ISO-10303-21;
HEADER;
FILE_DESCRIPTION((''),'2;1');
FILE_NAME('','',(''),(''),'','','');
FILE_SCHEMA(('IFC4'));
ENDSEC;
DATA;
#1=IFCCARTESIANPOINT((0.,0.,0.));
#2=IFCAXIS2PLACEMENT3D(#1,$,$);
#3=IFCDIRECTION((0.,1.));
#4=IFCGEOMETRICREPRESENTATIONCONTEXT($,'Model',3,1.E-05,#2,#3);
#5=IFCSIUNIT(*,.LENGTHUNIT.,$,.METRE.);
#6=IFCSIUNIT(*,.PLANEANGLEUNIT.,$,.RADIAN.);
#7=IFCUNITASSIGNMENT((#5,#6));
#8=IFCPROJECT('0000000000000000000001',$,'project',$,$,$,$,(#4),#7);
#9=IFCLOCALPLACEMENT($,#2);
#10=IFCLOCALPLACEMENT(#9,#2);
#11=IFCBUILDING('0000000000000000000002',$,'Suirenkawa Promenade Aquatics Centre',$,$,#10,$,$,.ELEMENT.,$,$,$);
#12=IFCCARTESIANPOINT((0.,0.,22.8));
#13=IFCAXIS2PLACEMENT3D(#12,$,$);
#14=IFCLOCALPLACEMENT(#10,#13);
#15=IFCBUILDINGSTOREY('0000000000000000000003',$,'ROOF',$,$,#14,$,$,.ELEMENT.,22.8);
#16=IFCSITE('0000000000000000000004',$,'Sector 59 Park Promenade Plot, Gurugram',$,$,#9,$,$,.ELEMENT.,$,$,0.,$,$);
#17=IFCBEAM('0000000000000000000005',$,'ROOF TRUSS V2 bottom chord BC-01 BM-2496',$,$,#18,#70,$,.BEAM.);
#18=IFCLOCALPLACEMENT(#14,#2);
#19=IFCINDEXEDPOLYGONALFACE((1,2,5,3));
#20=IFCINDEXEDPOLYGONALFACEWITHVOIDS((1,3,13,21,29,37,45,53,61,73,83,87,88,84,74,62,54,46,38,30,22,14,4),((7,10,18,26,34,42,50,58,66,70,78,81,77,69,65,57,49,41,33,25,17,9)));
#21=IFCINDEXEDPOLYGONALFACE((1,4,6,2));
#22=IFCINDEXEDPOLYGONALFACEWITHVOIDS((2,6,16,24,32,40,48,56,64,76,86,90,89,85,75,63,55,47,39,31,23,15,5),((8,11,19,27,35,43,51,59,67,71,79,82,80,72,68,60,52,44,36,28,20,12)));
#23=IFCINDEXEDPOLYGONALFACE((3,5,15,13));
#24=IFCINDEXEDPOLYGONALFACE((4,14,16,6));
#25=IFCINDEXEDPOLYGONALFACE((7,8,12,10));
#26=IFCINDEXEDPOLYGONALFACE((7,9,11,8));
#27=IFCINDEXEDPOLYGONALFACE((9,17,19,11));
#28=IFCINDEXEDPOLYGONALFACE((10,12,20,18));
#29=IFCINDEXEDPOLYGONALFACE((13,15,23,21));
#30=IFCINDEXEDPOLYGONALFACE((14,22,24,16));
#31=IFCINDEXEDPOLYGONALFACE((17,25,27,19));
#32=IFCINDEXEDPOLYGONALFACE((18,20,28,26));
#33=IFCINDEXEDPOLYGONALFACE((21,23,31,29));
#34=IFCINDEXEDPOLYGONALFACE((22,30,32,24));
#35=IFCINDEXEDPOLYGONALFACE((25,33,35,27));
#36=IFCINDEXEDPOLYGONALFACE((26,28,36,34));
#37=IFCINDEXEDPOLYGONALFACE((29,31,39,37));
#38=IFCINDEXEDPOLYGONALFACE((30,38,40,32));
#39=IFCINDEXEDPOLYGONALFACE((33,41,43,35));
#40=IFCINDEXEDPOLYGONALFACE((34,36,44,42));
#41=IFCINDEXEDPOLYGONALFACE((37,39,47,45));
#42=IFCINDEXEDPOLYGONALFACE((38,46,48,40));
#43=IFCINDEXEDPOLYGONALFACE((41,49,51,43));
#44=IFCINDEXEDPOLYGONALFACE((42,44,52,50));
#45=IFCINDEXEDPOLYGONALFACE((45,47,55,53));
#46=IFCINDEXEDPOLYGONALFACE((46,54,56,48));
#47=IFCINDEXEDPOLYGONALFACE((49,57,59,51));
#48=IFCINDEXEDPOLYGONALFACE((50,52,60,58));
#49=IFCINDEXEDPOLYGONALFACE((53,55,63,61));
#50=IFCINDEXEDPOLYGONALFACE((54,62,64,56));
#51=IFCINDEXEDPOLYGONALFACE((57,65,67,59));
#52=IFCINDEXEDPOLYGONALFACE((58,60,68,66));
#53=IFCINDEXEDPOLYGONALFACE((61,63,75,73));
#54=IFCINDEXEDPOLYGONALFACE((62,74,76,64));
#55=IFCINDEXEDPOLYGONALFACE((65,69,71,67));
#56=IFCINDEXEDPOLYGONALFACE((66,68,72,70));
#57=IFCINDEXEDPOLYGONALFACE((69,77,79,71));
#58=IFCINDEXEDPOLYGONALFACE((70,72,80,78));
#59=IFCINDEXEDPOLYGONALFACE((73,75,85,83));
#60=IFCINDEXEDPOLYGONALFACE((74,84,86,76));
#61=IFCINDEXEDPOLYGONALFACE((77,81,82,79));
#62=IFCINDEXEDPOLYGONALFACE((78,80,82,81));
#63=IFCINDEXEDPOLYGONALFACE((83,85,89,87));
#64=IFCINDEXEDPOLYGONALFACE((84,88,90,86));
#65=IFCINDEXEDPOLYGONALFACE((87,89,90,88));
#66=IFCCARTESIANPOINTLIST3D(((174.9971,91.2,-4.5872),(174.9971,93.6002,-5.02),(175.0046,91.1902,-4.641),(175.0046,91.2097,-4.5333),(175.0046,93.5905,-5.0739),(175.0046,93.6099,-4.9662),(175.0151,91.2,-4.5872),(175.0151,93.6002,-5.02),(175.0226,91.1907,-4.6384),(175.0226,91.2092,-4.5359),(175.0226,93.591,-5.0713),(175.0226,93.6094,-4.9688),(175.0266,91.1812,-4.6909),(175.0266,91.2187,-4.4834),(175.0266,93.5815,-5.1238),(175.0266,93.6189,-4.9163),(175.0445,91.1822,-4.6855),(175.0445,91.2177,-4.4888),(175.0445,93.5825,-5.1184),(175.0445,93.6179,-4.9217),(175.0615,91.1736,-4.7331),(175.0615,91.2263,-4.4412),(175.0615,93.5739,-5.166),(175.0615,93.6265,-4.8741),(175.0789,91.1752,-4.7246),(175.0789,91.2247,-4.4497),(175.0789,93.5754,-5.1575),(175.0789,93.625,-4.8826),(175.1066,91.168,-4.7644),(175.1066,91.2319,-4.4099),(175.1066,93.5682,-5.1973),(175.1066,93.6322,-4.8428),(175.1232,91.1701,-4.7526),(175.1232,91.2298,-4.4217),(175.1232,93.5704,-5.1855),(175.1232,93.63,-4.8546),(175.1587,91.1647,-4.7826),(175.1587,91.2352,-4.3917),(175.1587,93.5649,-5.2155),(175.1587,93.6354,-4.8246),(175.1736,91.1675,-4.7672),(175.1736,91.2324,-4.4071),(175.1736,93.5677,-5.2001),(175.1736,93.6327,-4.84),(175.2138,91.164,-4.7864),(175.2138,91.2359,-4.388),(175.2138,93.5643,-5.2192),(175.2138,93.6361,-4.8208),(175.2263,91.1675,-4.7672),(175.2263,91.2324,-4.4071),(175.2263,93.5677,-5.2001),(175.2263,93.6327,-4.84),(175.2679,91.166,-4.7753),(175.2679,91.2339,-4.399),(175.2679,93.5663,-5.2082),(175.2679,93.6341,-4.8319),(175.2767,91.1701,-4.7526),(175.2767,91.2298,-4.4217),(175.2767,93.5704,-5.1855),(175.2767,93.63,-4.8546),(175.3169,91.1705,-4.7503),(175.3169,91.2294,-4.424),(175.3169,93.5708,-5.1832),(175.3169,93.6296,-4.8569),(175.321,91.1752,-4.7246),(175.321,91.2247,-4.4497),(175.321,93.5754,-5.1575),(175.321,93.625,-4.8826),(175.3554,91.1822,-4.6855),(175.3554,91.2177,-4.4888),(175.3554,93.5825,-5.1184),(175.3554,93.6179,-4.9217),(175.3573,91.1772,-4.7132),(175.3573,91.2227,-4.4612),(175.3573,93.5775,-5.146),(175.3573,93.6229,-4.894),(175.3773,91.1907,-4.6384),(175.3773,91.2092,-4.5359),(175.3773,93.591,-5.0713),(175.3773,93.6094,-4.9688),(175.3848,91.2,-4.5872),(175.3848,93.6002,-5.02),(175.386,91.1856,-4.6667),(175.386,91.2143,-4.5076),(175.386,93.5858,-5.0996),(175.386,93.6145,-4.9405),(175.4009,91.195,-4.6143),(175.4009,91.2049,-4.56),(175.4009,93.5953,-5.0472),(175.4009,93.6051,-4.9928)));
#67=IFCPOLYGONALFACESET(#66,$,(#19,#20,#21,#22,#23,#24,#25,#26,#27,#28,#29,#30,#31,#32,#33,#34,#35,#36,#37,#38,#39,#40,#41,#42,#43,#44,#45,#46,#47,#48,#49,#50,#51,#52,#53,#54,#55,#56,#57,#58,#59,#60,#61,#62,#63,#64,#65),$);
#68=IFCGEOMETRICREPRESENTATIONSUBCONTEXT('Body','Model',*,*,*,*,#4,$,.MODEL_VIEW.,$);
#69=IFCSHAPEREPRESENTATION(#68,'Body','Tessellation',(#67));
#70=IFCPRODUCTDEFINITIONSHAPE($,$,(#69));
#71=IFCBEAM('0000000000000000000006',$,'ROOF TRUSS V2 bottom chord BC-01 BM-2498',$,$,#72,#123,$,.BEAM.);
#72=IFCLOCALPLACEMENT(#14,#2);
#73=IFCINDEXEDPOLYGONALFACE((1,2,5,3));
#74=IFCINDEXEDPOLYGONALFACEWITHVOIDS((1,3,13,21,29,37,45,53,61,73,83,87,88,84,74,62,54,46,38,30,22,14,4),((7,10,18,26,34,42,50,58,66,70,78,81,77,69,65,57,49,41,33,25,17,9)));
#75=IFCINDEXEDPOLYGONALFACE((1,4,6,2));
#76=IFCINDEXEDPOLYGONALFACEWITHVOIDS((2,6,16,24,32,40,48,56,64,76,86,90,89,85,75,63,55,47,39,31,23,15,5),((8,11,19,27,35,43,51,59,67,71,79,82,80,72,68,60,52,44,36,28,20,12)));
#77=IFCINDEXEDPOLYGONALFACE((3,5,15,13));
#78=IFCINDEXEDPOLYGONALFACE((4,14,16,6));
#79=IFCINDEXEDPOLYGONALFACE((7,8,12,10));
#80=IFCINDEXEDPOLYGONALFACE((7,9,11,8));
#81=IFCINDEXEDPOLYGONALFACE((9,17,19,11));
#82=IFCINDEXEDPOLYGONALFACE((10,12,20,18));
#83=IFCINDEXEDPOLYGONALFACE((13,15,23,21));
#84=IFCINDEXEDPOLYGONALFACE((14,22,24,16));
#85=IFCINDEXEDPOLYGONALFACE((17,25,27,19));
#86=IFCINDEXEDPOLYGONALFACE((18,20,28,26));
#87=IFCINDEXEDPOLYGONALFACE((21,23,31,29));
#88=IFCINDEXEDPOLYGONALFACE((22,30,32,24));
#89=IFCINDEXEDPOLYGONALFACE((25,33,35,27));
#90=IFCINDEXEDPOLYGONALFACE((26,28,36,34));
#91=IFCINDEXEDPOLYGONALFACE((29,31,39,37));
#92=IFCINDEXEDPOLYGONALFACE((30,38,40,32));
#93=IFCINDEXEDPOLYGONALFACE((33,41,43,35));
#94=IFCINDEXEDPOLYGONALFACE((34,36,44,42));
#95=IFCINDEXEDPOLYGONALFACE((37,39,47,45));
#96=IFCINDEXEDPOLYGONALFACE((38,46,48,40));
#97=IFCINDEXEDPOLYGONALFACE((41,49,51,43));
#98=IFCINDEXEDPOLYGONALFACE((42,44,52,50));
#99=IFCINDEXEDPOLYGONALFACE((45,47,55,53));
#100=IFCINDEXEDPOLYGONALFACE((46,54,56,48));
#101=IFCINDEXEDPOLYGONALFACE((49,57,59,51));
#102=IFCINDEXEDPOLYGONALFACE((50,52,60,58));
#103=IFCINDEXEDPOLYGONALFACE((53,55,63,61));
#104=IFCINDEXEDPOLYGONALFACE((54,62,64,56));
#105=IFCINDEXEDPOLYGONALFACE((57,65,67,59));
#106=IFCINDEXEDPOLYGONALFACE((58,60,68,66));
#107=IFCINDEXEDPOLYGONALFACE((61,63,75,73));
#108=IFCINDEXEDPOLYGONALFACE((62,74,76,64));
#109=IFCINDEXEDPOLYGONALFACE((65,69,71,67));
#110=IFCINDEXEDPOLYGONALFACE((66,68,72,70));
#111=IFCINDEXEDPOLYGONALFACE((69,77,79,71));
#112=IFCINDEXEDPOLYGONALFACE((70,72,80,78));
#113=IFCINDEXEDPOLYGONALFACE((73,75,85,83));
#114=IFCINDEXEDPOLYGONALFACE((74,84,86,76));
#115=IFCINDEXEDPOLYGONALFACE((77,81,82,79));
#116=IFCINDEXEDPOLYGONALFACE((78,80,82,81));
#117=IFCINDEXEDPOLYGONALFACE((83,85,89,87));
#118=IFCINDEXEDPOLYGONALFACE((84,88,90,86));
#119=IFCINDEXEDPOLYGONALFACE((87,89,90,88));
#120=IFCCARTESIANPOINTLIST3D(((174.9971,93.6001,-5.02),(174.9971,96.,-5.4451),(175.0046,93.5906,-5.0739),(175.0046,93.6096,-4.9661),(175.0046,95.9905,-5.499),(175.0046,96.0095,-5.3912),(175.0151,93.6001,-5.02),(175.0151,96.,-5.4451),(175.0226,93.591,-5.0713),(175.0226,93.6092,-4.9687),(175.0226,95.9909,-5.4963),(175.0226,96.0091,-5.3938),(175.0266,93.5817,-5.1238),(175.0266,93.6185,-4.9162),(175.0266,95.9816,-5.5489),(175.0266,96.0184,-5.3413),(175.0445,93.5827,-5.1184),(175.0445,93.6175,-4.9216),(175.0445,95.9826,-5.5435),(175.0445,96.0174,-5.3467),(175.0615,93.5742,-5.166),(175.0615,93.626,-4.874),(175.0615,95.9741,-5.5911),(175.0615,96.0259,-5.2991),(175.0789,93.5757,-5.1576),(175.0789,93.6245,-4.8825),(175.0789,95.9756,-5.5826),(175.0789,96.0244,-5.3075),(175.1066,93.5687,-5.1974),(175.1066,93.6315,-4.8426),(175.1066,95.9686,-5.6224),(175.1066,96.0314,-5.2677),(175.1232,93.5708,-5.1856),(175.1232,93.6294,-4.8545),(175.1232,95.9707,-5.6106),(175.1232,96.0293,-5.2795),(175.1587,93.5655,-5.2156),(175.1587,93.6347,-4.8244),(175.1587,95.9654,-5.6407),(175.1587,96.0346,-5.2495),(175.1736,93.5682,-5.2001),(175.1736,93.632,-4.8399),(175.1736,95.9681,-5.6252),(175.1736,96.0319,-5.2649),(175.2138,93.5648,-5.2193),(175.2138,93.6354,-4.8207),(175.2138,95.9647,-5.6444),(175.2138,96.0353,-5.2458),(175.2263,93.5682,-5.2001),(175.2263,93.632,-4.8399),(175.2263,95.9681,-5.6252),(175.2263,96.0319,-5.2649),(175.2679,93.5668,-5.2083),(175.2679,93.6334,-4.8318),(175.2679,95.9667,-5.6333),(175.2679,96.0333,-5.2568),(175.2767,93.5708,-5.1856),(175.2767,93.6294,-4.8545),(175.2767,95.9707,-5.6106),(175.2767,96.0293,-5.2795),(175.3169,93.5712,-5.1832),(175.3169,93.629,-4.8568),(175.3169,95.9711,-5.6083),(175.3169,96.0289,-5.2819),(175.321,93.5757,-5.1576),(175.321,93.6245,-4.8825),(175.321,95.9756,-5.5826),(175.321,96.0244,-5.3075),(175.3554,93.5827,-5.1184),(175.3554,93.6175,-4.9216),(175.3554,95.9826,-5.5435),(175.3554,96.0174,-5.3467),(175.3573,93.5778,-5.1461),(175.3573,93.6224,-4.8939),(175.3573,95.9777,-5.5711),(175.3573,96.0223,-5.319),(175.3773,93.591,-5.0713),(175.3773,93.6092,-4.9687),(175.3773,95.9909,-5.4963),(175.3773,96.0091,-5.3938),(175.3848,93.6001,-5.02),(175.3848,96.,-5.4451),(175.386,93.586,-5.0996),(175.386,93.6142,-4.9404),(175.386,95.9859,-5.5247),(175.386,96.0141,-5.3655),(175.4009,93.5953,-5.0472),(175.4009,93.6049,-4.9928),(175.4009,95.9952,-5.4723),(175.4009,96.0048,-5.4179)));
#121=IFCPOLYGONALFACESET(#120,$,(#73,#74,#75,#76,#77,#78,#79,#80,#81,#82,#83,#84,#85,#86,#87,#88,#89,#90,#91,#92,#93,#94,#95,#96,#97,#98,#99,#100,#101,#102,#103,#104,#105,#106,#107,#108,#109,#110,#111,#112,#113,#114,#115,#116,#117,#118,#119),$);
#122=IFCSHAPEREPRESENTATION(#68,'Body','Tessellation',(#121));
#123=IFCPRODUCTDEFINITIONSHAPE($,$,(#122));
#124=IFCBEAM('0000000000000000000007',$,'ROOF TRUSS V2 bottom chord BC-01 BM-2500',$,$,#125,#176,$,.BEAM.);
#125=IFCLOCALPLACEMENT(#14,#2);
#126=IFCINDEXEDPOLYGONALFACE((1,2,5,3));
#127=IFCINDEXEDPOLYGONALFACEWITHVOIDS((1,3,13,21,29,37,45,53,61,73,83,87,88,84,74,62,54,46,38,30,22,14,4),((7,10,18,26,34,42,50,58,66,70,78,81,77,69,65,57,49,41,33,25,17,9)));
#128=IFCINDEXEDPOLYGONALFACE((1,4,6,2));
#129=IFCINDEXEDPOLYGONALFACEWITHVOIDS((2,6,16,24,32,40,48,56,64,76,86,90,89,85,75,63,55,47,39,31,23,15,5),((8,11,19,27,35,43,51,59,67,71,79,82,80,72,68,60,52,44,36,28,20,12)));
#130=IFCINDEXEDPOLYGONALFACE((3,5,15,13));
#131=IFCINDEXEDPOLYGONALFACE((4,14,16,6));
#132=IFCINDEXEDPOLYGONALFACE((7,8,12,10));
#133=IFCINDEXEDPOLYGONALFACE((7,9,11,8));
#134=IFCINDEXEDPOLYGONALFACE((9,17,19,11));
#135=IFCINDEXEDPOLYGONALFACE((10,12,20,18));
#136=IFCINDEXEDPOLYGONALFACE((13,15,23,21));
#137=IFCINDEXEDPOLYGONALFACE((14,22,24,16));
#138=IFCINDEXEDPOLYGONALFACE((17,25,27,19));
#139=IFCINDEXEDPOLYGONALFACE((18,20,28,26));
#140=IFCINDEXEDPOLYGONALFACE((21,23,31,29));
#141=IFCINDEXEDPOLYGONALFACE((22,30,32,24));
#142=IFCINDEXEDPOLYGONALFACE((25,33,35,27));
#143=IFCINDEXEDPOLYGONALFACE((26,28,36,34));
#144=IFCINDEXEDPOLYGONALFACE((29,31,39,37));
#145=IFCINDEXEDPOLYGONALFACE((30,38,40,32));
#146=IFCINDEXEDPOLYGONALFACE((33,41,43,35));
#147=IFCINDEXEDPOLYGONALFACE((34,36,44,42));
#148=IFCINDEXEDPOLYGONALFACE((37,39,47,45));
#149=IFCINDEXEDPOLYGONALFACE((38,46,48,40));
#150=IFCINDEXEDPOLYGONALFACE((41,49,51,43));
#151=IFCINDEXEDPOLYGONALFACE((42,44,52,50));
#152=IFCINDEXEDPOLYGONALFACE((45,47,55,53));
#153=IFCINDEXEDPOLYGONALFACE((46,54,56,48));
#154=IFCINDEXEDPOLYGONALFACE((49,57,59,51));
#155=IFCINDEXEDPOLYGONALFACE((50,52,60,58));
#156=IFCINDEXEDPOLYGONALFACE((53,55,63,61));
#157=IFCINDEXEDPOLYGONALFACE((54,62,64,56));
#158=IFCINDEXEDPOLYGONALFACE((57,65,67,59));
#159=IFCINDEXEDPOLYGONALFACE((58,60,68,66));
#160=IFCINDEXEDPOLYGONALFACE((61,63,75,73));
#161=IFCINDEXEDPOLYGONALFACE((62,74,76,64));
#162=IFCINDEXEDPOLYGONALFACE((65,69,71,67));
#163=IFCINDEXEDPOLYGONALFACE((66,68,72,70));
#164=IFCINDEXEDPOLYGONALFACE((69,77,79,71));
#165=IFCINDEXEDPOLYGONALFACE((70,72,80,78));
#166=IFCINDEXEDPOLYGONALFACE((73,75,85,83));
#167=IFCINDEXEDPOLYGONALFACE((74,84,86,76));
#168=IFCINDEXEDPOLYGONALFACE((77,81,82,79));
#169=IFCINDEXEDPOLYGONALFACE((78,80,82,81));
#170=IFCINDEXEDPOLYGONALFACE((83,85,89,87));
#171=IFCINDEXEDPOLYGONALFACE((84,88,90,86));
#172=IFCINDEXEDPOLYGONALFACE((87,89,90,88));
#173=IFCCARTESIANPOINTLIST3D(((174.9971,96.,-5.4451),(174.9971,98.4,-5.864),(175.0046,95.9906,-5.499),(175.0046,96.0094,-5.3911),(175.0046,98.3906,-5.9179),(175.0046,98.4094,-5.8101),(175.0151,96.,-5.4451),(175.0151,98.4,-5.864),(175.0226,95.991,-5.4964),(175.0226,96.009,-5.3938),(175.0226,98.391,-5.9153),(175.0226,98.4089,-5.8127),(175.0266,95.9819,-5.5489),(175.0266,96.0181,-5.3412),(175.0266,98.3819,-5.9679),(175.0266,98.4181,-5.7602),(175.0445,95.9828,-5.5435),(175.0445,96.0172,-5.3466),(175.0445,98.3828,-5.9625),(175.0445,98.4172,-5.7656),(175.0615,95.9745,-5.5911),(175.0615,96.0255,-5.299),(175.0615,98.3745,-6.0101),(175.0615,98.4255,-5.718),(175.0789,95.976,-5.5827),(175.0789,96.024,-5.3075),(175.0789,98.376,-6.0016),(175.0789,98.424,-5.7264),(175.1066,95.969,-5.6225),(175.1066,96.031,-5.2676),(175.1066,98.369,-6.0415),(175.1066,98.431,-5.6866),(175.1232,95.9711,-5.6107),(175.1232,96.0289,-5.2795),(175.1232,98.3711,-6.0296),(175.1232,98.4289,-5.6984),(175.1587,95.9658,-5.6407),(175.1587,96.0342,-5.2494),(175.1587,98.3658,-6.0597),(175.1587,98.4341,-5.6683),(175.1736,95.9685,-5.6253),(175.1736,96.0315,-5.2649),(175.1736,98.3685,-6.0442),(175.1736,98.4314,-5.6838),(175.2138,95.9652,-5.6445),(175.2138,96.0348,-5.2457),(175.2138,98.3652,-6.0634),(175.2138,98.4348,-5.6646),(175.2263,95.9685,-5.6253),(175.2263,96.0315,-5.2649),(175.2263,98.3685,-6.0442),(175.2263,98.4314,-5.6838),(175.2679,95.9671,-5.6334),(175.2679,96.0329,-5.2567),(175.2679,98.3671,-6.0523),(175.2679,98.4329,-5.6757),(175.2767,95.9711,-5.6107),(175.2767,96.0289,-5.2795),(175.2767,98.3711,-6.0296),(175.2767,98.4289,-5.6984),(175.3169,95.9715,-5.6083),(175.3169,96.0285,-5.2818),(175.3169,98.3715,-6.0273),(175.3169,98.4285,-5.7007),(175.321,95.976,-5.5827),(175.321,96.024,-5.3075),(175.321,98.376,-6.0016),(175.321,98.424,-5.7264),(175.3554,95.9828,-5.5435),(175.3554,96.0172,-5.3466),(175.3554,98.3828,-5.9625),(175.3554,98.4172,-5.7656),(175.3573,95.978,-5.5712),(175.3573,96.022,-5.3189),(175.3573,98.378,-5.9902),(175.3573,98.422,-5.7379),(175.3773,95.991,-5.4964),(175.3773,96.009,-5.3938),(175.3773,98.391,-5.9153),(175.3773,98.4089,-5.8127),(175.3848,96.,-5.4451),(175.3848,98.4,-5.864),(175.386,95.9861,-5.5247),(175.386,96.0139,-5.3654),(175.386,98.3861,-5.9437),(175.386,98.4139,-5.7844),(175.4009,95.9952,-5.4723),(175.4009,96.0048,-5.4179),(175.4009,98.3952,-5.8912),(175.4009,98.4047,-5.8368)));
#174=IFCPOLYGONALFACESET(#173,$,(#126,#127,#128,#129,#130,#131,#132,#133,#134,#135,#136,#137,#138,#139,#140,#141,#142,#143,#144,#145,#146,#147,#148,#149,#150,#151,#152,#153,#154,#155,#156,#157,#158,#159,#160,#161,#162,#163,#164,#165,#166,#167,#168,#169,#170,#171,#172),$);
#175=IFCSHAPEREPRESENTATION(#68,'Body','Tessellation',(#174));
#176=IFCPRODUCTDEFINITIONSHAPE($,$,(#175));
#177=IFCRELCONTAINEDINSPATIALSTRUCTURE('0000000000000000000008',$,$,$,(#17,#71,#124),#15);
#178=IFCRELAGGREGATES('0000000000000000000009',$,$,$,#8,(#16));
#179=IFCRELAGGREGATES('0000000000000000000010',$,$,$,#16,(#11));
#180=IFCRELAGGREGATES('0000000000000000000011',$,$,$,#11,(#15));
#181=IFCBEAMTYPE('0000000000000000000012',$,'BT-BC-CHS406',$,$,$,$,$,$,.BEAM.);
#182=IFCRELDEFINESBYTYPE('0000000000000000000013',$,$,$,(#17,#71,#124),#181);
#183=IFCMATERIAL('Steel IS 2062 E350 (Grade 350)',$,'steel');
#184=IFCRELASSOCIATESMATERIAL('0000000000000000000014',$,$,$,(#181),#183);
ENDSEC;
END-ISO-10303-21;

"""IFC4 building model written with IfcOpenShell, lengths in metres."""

from ifc_helpers import new_model, si_unit, direction, frame, origin, origin_2d, place, context, subcontext, project, spatial, hollow_circle, extrude, material, material_profile, profile_set, type_object, element, save


model = new_model("IFC4")

# Units and contexts
model_context = context("Model", 3, precision=1e-05, world=origin(), true_north=direction((0.0, 1.0)))
body_context = subcontext(model_context, "Body", "Model", "MODEL_VIEW")
ifc_project = project(units=[si_unit("LENGTHUNIT", "METRE"), si_unit("PLANEANGLEUNIT", "RADIAN")], contexts=[model_context])

# Site, building, storey
site_placement = place(None, origin())
site = spatial("IfcSite", under=ifc_project, at=site_placement, Name="Sector 59 Park Promenade Plot, Gurugram", CompositionType="ELEMENT", RefElevation=0.0)
building_placement = place(site_placement, origin())
building = spatial("IfcBuilding", under=site, at=building_placement, Name="Suirenkawa Promenade Aquatics Centre", CompositionType="ELEMENT")
storey_placement = place(building_placement, frame((0.0, 0.0, 22.8)))
storey = spatial("IfcBuildingStorey", under=building, at=storey_placement, Name="ROOF", CompositionType="ELEMENT", Elevation=22.8)

# Beams
ifc_material = material(Name="Steel IS 2062 E350 (Grade 350)", Category="steel")
ifc_material_profile_1 = material_profile(ifc_material, hollow_circle(Radius=0.2029, WallThickness=0.0181, at=origin_2d()), Name="CHS 406x18", Category="steel")
ifc_profile_set_1 = profile_set([ifc_material_profile_1], Name="Steel IS 2062 E350 (Grade 350)")
beam_type_1 = type_object("IfcBeamType", Name="BT-BC-CHS406", PredefinedType="BEAM", material=ifc_profile_set_1)
beam_1_placement = place(storey_placement, frame((175.2, 91.2, -4.5872), z_axis=(0.0, 0.984124, -0.177485), x_axis=(-1.0, 0.0, 0.0)))
element("IfcBeam", 1, at=beam_1_placement, inside=storey, type_object=beam_type_1, Name="ROOF TRUSS V2 bottom chord BC-01 BM-2496", PredefinedType="BEAM", context=body_context, shape_type="SweptSolid", body=[
    extrude(hollow_circle(Radius=0.2029, WallThickness=0.0181, at=origin_2d()), origin(), (0.0, 0.0, 1.0), 2.439),
])
beam_2_placement = place(storey_placement, frame((175.2, 93.6001, -5.02), z_axis=(0.0, 0.984675, -0.174397), x_axis=(-1.0, 0.0, 0.0)))
element("IfcBeam", 2, at=beam_2_placement, inside=storey, type_object=beam_type_1, Name="ROOF TRUSS V2 bottom chord BC-01 BM-2498", PredefinedType="BEAM", context=body_context, shape_type="SweptSolid", body=[
    extrude(hollow_circle(Radius=0.2029, WallThickness=0.0181, at=origin_2d()), origin(), (0.0, 0.0, 1.0), 2.4373),
])
beam_3_placement = place(storey_placement, frame((175.2, 96.0, -5.4451), z_axis=(0.0, 0.985103, -0.171967), x_axis=(-1.0, 0.0, 0.0)))
element("IfcBeam", 3, at=beam_3_placement, inside=storey, type_object=beam_type_1, Name="ROOF TRUSS V2 bottom chord BC-01 BM-2500", PredefinedType="BEAM", context=body_context, shape_type="SweptSolid", body=[
    extrude(hollow_circle(Radius=0.2029, WallThickness=0.0181, at=origin_2d()), origin(), (0.0, 0.0, 1.0), 2.4363),
])

save(model, "model.ifc")
